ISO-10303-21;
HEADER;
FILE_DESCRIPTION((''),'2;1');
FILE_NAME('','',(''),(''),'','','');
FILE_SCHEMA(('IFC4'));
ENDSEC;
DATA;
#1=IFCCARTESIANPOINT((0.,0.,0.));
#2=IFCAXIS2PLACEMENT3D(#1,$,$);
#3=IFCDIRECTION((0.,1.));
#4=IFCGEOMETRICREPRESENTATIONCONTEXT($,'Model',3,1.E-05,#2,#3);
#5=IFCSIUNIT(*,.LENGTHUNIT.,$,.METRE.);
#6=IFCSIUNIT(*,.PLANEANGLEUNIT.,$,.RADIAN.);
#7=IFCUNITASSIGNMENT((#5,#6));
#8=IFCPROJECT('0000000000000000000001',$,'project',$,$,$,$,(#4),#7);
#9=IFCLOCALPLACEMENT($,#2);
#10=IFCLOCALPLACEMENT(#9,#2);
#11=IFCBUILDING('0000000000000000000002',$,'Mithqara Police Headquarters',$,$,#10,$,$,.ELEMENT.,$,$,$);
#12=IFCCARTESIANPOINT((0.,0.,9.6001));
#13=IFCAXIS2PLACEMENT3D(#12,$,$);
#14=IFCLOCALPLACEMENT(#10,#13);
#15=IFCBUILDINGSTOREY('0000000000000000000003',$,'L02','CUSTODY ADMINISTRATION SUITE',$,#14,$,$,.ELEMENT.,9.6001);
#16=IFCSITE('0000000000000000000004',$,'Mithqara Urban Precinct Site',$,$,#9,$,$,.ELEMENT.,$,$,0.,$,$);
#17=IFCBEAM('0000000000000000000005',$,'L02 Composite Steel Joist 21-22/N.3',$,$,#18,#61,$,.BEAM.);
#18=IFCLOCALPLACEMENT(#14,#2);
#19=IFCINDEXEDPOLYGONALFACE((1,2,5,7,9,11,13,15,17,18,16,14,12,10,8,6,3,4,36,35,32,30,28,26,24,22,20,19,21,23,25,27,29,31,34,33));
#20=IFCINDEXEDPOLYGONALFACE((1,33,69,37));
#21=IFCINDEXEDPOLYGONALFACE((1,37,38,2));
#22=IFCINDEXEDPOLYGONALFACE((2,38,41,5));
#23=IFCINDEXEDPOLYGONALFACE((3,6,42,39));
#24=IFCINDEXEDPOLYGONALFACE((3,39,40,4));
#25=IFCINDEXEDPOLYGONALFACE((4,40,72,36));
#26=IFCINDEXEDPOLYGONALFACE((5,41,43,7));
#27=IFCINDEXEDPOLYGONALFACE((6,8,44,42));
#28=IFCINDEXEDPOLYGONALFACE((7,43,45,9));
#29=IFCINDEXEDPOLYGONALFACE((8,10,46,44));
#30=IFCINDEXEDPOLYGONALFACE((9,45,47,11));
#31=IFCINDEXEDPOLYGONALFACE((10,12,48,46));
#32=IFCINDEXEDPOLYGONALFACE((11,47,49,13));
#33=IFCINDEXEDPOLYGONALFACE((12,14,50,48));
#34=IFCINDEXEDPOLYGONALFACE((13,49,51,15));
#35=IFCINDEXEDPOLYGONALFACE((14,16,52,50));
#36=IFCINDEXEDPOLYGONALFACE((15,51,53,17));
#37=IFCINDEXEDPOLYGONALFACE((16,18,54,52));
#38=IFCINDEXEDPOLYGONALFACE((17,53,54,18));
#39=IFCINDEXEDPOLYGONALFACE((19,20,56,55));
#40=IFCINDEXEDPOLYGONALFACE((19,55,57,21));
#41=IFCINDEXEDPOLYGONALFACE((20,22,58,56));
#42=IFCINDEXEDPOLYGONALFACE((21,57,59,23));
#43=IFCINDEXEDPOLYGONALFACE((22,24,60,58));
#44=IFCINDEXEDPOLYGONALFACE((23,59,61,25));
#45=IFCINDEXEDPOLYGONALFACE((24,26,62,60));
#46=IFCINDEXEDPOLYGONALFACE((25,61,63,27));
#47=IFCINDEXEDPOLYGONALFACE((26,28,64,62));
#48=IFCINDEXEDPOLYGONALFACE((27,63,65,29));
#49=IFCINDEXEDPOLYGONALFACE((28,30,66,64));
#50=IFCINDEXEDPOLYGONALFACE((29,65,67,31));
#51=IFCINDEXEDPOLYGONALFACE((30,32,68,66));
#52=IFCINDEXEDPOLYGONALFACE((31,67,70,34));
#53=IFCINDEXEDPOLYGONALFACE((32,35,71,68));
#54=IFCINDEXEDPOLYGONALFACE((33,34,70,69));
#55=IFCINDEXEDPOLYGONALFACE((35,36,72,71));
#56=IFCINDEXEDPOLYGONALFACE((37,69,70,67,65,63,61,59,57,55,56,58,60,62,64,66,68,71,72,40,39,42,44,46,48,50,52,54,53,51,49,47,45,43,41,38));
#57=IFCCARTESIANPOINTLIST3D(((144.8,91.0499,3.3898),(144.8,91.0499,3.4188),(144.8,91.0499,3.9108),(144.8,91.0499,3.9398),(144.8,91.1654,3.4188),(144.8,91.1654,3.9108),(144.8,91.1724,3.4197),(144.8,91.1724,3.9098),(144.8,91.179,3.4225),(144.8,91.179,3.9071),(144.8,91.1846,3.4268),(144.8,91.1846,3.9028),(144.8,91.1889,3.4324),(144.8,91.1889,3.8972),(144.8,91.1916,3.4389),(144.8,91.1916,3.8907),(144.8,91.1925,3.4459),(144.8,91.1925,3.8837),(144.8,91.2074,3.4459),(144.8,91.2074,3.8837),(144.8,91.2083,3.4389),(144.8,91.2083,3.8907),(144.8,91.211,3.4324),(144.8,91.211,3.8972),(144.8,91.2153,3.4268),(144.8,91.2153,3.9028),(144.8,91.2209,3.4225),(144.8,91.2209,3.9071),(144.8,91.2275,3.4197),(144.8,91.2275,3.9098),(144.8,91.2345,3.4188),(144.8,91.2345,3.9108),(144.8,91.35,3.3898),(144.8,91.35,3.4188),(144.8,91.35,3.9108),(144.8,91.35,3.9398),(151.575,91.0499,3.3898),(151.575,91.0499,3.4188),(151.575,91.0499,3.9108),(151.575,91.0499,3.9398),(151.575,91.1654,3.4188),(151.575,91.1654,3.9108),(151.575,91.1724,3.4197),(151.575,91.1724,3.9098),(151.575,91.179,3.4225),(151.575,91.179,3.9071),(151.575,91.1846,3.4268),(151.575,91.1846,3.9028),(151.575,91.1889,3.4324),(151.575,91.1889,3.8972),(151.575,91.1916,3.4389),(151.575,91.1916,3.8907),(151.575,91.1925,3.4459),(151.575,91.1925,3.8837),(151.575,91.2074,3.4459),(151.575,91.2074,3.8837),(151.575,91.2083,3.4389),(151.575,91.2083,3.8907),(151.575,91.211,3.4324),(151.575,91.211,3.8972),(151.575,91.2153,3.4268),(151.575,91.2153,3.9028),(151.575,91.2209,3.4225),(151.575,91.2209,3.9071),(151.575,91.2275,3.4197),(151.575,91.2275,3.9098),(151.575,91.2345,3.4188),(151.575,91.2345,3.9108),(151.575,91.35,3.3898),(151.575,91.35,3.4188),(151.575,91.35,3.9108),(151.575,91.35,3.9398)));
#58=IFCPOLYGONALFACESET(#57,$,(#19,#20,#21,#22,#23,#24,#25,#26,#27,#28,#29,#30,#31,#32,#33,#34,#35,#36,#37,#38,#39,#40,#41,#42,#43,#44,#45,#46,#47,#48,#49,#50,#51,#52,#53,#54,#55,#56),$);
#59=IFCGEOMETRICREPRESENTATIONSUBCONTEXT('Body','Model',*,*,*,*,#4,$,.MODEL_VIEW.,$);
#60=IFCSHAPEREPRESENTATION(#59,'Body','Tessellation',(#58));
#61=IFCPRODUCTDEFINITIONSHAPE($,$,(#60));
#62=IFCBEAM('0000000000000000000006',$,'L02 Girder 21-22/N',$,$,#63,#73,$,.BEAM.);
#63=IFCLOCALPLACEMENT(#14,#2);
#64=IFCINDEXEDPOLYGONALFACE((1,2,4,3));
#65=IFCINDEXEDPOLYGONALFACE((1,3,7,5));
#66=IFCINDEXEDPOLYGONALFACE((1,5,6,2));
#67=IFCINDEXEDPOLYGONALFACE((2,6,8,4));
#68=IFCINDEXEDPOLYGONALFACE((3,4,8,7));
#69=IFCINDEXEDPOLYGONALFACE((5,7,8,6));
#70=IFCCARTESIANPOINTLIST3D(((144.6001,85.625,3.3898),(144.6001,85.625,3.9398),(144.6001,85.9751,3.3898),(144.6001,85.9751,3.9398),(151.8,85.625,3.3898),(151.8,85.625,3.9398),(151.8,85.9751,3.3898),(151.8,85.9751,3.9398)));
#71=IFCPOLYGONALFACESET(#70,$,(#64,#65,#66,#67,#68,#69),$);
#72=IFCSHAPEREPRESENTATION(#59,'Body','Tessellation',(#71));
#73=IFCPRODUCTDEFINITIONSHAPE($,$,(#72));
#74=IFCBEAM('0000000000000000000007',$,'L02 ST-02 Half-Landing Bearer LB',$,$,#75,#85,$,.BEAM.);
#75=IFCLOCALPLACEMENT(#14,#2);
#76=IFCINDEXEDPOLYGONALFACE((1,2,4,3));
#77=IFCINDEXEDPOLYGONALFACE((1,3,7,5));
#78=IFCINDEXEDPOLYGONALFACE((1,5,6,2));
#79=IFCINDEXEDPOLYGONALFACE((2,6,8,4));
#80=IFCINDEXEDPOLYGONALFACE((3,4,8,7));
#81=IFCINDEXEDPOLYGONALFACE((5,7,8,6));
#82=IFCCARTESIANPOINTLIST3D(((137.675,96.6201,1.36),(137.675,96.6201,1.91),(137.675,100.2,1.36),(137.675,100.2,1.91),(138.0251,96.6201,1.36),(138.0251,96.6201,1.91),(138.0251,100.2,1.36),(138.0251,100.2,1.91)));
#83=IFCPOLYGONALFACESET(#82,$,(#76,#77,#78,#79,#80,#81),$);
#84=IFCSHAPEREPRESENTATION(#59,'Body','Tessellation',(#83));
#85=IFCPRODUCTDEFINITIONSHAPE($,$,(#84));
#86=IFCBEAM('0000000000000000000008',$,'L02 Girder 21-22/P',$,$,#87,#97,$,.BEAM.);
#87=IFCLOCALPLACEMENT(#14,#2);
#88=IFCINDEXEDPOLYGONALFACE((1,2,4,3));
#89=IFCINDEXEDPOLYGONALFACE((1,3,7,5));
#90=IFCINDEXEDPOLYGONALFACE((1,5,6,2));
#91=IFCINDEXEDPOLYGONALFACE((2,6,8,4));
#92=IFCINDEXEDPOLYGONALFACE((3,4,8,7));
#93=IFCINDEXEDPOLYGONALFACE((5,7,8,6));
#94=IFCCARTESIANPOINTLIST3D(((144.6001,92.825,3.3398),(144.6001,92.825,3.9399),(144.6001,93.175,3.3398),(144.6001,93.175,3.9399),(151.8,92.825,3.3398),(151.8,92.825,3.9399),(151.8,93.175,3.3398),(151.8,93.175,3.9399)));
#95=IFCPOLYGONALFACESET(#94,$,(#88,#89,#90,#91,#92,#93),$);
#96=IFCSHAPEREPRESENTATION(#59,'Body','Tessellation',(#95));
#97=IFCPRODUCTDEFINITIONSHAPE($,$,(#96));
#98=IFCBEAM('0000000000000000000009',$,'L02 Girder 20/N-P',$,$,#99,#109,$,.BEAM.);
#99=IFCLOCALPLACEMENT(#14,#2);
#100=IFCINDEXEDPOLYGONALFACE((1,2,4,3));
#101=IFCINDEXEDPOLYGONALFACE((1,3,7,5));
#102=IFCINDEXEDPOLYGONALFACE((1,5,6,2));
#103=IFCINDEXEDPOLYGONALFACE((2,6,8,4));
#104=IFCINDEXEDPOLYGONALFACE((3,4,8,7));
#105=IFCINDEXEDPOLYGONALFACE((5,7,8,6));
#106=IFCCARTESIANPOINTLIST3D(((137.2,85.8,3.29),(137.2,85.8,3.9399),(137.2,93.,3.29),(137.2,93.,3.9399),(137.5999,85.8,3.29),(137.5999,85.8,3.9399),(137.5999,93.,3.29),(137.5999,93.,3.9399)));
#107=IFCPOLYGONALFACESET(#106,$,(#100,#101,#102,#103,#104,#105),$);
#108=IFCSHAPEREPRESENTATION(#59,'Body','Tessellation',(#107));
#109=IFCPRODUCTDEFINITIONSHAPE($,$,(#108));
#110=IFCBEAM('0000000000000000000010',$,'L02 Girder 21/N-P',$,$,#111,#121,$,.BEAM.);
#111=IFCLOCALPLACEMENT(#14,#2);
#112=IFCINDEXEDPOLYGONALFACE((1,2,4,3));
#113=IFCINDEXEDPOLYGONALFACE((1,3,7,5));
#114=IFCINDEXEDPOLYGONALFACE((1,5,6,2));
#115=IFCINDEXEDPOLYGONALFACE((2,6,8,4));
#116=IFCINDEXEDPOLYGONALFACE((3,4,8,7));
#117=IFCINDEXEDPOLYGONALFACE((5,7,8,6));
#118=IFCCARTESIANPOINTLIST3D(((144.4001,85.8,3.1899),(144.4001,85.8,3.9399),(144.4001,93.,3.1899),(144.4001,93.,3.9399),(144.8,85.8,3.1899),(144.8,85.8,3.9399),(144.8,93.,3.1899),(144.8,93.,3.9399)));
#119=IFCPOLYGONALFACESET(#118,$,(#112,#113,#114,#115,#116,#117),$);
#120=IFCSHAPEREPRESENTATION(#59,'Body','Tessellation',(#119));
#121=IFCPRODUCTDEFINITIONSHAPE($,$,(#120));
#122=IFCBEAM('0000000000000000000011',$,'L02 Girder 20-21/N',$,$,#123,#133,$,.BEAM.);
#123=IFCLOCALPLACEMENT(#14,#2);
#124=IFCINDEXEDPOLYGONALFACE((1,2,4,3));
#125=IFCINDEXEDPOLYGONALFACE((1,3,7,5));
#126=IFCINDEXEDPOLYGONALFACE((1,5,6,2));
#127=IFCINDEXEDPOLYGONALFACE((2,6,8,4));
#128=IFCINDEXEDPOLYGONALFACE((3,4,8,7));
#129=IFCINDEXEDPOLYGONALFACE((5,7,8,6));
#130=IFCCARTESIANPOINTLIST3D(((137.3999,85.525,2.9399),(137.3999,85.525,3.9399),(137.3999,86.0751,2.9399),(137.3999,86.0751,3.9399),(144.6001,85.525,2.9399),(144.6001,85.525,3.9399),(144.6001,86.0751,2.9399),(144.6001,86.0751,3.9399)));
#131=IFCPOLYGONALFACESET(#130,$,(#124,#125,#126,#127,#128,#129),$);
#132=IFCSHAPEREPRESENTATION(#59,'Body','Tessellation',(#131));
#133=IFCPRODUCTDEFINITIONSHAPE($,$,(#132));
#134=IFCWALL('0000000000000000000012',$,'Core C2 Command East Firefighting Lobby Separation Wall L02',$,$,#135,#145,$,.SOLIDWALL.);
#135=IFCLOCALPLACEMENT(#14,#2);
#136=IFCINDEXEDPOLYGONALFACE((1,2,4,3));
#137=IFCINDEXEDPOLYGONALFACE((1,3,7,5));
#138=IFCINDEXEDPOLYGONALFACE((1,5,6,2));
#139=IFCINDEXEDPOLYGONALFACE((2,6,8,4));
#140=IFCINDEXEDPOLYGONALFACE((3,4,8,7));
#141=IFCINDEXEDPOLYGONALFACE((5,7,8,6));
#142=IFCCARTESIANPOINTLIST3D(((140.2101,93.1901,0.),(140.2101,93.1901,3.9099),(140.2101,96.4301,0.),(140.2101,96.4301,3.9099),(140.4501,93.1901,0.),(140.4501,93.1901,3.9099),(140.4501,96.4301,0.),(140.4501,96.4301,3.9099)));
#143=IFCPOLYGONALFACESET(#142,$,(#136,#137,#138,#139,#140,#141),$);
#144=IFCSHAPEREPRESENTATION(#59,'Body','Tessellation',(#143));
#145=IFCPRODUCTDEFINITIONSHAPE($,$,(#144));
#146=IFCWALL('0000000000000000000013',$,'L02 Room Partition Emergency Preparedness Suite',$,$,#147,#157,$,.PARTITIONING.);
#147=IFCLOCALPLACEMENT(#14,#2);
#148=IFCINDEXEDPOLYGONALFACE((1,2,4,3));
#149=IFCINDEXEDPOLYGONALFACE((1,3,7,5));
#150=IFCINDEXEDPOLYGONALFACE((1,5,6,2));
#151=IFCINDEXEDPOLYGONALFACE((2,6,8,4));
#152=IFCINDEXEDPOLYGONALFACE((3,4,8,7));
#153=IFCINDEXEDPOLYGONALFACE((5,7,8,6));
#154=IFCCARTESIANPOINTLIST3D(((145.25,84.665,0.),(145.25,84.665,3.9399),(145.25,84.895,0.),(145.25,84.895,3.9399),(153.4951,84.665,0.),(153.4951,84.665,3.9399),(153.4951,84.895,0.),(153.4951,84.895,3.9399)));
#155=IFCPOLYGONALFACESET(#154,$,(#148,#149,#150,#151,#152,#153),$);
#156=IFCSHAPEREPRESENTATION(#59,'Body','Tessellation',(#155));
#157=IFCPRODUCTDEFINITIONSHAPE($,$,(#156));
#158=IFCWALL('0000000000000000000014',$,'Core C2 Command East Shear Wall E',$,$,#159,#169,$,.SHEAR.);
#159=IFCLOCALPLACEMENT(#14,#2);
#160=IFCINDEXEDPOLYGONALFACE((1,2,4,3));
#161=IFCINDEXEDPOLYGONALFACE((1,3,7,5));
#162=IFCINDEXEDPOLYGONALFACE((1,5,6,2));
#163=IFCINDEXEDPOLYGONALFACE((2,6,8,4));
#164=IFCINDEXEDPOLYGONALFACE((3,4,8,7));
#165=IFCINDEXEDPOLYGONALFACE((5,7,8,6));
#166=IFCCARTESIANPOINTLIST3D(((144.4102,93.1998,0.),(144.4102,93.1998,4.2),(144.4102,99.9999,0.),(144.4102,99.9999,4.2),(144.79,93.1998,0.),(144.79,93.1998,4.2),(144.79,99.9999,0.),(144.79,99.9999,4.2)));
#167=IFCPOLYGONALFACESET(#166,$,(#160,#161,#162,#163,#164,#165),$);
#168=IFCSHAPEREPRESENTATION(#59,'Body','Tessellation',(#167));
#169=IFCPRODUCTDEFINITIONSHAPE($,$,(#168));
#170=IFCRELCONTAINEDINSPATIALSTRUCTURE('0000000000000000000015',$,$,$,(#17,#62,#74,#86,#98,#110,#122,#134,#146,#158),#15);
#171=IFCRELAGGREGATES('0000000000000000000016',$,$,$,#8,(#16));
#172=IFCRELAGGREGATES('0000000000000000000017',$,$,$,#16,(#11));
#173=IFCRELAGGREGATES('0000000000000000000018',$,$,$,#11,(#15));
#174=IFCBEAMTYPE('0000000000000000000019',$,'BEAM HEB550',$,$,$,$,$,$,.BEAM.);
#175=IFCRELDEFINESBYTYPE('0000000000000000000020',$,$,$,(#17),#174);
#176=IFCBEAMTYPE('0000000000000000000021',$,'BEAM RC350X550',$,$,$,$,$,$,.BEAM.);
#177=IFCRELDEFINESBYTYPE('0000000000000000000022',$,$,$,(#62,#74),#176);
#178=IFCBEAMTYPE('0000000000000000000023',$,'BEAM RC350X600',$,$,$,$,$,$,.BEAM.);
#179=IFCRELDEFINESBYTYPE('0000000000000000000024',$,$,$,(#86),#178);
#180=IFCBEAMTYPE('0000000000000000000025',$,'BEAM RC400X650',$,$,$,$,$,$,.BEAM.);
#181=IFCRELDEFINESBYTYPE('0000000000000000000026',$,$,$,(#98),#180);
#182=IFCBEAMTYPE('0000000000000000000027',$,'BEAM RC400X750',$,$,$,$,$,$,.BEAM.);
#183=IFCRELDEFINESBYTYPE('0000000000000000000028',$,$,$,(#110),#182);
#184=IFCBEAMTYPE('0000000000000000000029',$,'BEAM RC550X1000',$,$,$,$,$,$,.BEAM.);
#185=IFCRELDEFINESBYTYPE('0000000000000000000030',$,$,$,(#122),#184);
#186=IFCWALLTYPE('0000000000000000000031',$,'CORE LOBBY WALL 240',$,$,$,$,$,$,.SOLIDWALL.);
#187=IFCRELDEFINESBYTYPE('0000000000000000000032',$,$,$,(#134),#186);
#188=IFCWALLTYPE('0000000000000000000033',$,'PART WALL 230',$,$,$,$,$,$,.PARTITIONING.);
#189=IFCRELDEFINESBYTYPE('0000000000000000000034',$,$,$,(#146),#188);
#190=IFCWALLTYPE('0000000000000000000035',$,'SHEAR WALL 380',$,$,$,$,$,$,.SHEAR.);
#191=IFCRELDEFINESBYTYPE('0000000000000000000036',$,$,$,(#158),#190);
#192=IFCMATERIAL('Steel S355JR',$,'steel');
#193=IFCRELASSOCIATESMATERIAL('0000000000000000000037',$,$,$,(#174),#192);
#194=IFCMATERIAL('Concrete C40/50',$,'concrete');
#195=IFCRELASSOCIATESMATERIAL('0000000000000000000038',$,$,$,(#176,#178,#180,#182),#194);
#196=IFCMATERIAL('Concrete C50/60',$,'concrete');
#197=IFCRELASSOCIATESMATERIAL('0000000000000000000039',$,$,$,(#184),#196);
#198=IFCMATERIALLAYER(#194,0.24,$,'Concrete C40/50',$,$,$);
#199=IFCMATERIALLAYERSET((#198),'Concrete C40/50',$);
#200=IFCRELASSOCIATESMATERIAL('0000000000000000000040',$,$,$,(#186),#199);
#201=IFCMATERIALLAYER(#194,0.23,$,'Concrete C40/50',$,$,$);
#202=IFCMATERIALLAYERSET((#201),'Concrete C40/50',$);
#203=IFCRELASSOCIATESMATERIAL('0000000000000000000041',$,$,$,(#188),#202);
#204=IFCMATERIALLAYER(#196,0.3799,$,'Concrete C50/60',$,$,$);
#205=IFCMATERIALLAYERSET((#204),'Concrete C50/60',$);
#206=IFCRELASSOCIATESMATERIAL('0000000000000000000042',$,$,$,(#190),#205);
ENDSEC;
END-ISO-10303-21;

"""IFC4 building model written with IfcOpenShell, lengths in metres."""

from ifc_helpers import new_model, si_unit, direction, frame, frame_2d, origin, origin_2d, place, context, subcontext, project, spatial, rectangle, i_section, extrude, material, layer, layer_set, material_profile, profile_set, type_object, element, save


model = new_model("IFC4")

# Units and contexts
model_context = context("Model", 3, precision=1e-05, world=origin(), true_north=direction((0.0, 1.0)))
body_context = subcontext(model_context, "Body", "Model", "MODEL_VIEW")
ifc_project = project(units=[si_unit("LENGTHUNIT", "METRE"), si_unit("PLANEANGLEUNIT", "RADIAN")], contexts=[model_context])

# Site, building, storey
site_placement = place(None, origin())
site = spatial("IfcSite", under=ifc_project, at=site_placement, Name="Mithqara Urban Precinct Site", CompositionType="ELEMENT", RefElevation=0.0)
building_placement = place(site_placement, origin())
building = spatial("IfcBuilding", under=site, at=building_placement, Name="Mithqara Police Headquarters", CompositionType="ELEMENT")
storey_placement = place(building_placement, frame((0.0, 0.0, 9.6001)))
storey = spatial("IfcBuildingStorey", under=building, at=storey_placement, Name="L02", Description="CUSTODY ADMINISTRATION SUITE", CompositionType="ELEMENT", Elevation=9.6001)

# Shared definitions
ifc_material_1 = material(Name="Concrete C50/60", Category="concrete")

# Beams
ifc_material_2 = material(Name="Steel S355JR", Category="steel")
ifc_material_profile_1 = material_profile(ifc_material_2, i_section(OverallWidth=0.3, OverallDepth=0.55, WebThickness=0.0149, FlangeThickness=0.0291, FilletRadius=0.0271, at=origin_2d()), Name="HEB 550")
ifc_profile_set_1 = profile_set([ifc_material_profile_1], Name="Steel S355JR")
beam_type_1 = type_object("IfcBeamType", Name="BEAM HEB550", PredefinedType="BEAM", material=ifc_profile_set_1)
for number, where, z_axis, x_axis, name in (
    (1, (144.8, 91.2, 3.6648), (1.0, 0.0, 0.0), (0.0, 1.0, 0.0), "L02 Composite Steel Joist 21-22/N.3"),
):
    element("IfcBeam", number, at=place(storey_placement, frame(where, z_axis=z_axis, x_axis=x_axis)), inside=storey, type_object=beam_type_1, Name=name, PredefinedType="BEAM", context=body_context, shape_type="SweptSolid", body=[
        extrude(i_section(OverallWidth=0.3, OverallDepth=0.55, WebThickness=0.0149, FlangeThickness=0.0291, FilletRadius=0.0271, at=origin_2d()), origin(), (0.0, 0.0, 1.0), 6.7749),
    ])
ifc_material_3 = material(Name="Concrete C40/50", Category="concrete")
ifc_material_profile_2 = material_profile(ifc_material_3, rectangle(XDim=0.3501, YDim=0.55, at=origin_2d()), Name="RC 350x550")
ifc_profile_set_2 = profile_set([ifc_material_profile_2], Name="Concrete C40/50")
beam_type_2 = type_object("IfcBeamType", Name="BEAM RC350X550", PredefinedType="BEAM", material=ifc_profile_set_2)
beam_1_placement = place(storey_placement, frame((144.6001, 85.8, 3.6648), z_axis=(1.0, 0.0, 0.0), x_axis=(0.0, 1.0, 0.0)))
element("IfcBeam", 2, at=beam_1_placement, inside=storey, type_object=beam_type_2, Name="L02 Girder 21-22/N", PredefinedType="BEAM", context=body_context, shape_type="SweptSolid", body=[
    extrude(rectangle(XDim=0.3501, YDim=0.55, at=origin_2d()), origin(), (0.0, 0.0, 1.0), 7.2),
])
beam_2_placement = place(storey_placement, frame((137.8501, 96.6201, 1.635), z_axis=(0.0, 1.0, 0.0), x_axis=(-1.0, 0.0, 0.0)))
element("IfcBeam", 3, at=beam_2_placement, inside=storey, type_object=beam_type_2, Name="L02 ST-02 Half-Landing Bearer LB", PredefinedType="BEAM", context=body_context, shape_type="SweptSolid", body=[
    extrude(rectangle(XDim=0.3501, YDim=0.55, at=origin_2d()), origin(), (0.0, 0.0, 1.0), 3.5798),
])
ifc_material_profile_3 = material_profile(ifc_material_3, rectangle(XDim=0.3501, YDim=0.6001, at=origin_2d()), Name="RC 350x600")
ifc_profile_set_3 = profile_set([ifc_material_profile_3], Name="Concrete C40/50")
beam_type_3 = type_object("IfcBeamType", Name="BEAM RC350X600", PredefinedType="BEAM", material=ifc_profile_set_3)
beam_3_placement = place(storey_placement, frame((144.6001, 93.0, 3.6399), z_axis=(1.0, 0.0, 0.0), x_axis=(0.0, 1.0, 0.0)))
element("IfcBeam", 4, at=beam_3_placement, inside=storey, type_object=beam_type_3, Name="L02 Girder 21-22/P", PredefinedType="BEAM", context=body_context, shape_type="SweptSolid", body=[
    extrude(rectangle(XDim=0.3501, YDim=0.6001, at=origin_2d()), origin(), (0.0, 0.0, 1.0), 7.2),
])
ifc_material_profile_4 = material_profile(ifc_material_3, rectangle(XDim=0.3999, YDim=0.6499, at=origin_2d()), Name="RC 400x650")
ifc_profile_set_4 = profile_set([ifc_material_profile_4], Name="Concrete C40/50")
beam_type_4 = type_object("IfcBeamType", Name="BEAM RC400X650", PredefinedType="BEAM", material=ifc_profile_set_4)
beam_4_placement = place(storey_placement, frame((137.3999, 85.8, 3.615), z_axis=(0.0, 1.0, 0.0), x_axis=(-1.0, 0.0, 0.0)))
element("IfcBeam", 5, at=beam_4_placement, inside=storey, type_object=beam_type_4, Name="L02 Girder 20/N-P", PredefinedType="BEAM", context=body_context, shape_type="SweptSolid", body=[
    extrude(rectangle(XDim=0.3999, YDim=0.6499, at=origin_2d()), origin(), (0.0, 0.0, 1.0), 7.2),
])
ifc_material_profile_5 = material_profile(ifc_material_3, rectangle(XDim=0.3999, YDim=0.75, at=origin_2d()), Name="RC 400x750")
ifc_profile_set_5 = profile_set([ifc_material_profile_5], Name="Concrete C40/50")
beam_type_5 = type_object("IfcBeamType", Name="BEAM RC400X750", PredefinedType="BEAM", material=ifc_profile_set_5)
beam_5_placement = place(storey_placement, frame((144.6001, 85.8, 3.5649), z_axis=(0.0, 1.0, 0.0), x_axis=(-1.0, 0.0, 0.0)))
element("IfcBeam", 6, at=beam_5_placement, inside=storey, type_object=beam_type_5, Name="L02 Girder 21/N-P", PredefinedType="BEAM", context=body_context, shape_type="SweptSolid", body=[
    extrude(rectangle(XDim=0.3999, YDim=0.75, at=origin_2d()), origin(), (0.0, 0.0, 1.0), 7.2),
])
ifc_material_profile_6 = material_profile(ifc_material_1, rectangle(XDim=0.55, YDim=1.0, at=origin_2d()), Name="RC 550x1000")
ifc_profile_set_6 = profile_set([ifc_material_profile_6], Name="Concrete C50/60")
beam_type_6 = type_object("IfcBeamType", Name="BEAM RC550X1000", PredefinedType="BEAM", material=ifc_profile_set_6)
beam_6_placement = place(storey_placement, frame((137.3999, 85.8, 3.4399), z_axis=(1.0, 0.0, 0.0), x_axis=(0.0, 1.0, 0.0)))
element("IfcBeam", 7, at=beam_6_placement, inside=storey, type_object=beam_type_6, Name="L02 Girder 20-21/N", PredefinedType="BEAM", context=body_context, shape_type="SweptSolid", body=[
    extrude(rectangle(XDim=0.55, YDim=1.0, at=origin_2d()), origin(), (0.0, 0.0, 1.0), 7.2002),
])

# Walls
ifc_layer_1 = layer(ifc_material_3, 0.24, Name="Concrete C40/50")
ifc_layer_set_1 = layer_set([ifc_layer_1], Name="Concrete C40/50")
wall_type_1 = type_object("IfcWallType", Name="CORE LOBBY WALL 240", PredefinedType="SOLIDWALL", material=ifc_layer_set_1)
wall_1_placement = place(storey_placement, frame((140.3301, 93.1899, 0.0), z_axis=(0.0, 0.0, 1.0), x_axis=(0.0, 1.0, 0.0)))
element("IfcWall", 8, at=wall_1_placement, inside=storey, type_object=wall_type_1, Name="Core C2 Command East Firefighting Lobby Separation Wall L02", PredefinedType="SOLIDWALL", context=body_context, shape_type="SweptSolid", body=[
    extrude(rectangle(XDim=3.24, YDim=0.24, at=frame_2d((1.6201, 0.0))), origin(), (0.0, 0.0, 1.0), 3.9099),
])
ifc_layer_2 = layer(ifc_material_3, 0.23, Name="Concrete C40/50")
ifc_layer_set_2 = layer_set([ifc_layer_2], Name="Concrete C40/50")
wall_type_2 = type_object("IfcWallType", Name="PART WALL 230", PredefinedType="PARTITIONING", material=ifc_layer_set_2)
wall_2_placement = place(storey_placement, frame((145.25, 84.78, 0.0), z_axis=(0.0, 0.0, 1.0), x_axis=(1.0, 0.0, 0.0)))
element("IfcWall", 9, at=wall_2_placement, inside=storey, type_object=wall_type_2, Name="L02 Room Partition Emergency Preparedness Suite", PredefinedType="PARTITIONING", context=body_context, shape_type="SweptSolid", body=[
    extrude(rectangle(XDim=8.2451, YDim=0.23, at=frame_2d((4.1226, 0.0))), origin(), (0.0, 0.0, 1.0), 3.9399),
])
ifc_layer_3 = layer(ifc_material_1, 0.3799, Name="Concrete C50/60")
ifc_layer_set_3 = layer_set([ifc_layer_3], Name="Concrete C50/60")
wall_type_3 = type_object("IfcWallType", Name="SHEAR WALL 380", PredefinedType="SHEAR", material=ifc_layer_set_3)
wall_3_placement = place(storey_placement, frame((144.6001, 93.2, 0.0), z_axis=(0.0, 0.0, 1.0), x_axis=(0.0, 1.0, 0.0)))
element("IfcWall", 10, at=wall_3_placement, inside=storey, type_object=wall_type_3, Name="Core C2 Command East Shear Wall E", PredefinedType="SHEAR", context=body_context, shape_type="SweptSolid", body=[
    extrude(rectangle(XDim=6.8, YDim=0.3799, at=frame_2d((3.3999, 0.0))), origin(), (0.0, 0.0, 1.0), 4.2),
])

save(model, "model.ifc")
